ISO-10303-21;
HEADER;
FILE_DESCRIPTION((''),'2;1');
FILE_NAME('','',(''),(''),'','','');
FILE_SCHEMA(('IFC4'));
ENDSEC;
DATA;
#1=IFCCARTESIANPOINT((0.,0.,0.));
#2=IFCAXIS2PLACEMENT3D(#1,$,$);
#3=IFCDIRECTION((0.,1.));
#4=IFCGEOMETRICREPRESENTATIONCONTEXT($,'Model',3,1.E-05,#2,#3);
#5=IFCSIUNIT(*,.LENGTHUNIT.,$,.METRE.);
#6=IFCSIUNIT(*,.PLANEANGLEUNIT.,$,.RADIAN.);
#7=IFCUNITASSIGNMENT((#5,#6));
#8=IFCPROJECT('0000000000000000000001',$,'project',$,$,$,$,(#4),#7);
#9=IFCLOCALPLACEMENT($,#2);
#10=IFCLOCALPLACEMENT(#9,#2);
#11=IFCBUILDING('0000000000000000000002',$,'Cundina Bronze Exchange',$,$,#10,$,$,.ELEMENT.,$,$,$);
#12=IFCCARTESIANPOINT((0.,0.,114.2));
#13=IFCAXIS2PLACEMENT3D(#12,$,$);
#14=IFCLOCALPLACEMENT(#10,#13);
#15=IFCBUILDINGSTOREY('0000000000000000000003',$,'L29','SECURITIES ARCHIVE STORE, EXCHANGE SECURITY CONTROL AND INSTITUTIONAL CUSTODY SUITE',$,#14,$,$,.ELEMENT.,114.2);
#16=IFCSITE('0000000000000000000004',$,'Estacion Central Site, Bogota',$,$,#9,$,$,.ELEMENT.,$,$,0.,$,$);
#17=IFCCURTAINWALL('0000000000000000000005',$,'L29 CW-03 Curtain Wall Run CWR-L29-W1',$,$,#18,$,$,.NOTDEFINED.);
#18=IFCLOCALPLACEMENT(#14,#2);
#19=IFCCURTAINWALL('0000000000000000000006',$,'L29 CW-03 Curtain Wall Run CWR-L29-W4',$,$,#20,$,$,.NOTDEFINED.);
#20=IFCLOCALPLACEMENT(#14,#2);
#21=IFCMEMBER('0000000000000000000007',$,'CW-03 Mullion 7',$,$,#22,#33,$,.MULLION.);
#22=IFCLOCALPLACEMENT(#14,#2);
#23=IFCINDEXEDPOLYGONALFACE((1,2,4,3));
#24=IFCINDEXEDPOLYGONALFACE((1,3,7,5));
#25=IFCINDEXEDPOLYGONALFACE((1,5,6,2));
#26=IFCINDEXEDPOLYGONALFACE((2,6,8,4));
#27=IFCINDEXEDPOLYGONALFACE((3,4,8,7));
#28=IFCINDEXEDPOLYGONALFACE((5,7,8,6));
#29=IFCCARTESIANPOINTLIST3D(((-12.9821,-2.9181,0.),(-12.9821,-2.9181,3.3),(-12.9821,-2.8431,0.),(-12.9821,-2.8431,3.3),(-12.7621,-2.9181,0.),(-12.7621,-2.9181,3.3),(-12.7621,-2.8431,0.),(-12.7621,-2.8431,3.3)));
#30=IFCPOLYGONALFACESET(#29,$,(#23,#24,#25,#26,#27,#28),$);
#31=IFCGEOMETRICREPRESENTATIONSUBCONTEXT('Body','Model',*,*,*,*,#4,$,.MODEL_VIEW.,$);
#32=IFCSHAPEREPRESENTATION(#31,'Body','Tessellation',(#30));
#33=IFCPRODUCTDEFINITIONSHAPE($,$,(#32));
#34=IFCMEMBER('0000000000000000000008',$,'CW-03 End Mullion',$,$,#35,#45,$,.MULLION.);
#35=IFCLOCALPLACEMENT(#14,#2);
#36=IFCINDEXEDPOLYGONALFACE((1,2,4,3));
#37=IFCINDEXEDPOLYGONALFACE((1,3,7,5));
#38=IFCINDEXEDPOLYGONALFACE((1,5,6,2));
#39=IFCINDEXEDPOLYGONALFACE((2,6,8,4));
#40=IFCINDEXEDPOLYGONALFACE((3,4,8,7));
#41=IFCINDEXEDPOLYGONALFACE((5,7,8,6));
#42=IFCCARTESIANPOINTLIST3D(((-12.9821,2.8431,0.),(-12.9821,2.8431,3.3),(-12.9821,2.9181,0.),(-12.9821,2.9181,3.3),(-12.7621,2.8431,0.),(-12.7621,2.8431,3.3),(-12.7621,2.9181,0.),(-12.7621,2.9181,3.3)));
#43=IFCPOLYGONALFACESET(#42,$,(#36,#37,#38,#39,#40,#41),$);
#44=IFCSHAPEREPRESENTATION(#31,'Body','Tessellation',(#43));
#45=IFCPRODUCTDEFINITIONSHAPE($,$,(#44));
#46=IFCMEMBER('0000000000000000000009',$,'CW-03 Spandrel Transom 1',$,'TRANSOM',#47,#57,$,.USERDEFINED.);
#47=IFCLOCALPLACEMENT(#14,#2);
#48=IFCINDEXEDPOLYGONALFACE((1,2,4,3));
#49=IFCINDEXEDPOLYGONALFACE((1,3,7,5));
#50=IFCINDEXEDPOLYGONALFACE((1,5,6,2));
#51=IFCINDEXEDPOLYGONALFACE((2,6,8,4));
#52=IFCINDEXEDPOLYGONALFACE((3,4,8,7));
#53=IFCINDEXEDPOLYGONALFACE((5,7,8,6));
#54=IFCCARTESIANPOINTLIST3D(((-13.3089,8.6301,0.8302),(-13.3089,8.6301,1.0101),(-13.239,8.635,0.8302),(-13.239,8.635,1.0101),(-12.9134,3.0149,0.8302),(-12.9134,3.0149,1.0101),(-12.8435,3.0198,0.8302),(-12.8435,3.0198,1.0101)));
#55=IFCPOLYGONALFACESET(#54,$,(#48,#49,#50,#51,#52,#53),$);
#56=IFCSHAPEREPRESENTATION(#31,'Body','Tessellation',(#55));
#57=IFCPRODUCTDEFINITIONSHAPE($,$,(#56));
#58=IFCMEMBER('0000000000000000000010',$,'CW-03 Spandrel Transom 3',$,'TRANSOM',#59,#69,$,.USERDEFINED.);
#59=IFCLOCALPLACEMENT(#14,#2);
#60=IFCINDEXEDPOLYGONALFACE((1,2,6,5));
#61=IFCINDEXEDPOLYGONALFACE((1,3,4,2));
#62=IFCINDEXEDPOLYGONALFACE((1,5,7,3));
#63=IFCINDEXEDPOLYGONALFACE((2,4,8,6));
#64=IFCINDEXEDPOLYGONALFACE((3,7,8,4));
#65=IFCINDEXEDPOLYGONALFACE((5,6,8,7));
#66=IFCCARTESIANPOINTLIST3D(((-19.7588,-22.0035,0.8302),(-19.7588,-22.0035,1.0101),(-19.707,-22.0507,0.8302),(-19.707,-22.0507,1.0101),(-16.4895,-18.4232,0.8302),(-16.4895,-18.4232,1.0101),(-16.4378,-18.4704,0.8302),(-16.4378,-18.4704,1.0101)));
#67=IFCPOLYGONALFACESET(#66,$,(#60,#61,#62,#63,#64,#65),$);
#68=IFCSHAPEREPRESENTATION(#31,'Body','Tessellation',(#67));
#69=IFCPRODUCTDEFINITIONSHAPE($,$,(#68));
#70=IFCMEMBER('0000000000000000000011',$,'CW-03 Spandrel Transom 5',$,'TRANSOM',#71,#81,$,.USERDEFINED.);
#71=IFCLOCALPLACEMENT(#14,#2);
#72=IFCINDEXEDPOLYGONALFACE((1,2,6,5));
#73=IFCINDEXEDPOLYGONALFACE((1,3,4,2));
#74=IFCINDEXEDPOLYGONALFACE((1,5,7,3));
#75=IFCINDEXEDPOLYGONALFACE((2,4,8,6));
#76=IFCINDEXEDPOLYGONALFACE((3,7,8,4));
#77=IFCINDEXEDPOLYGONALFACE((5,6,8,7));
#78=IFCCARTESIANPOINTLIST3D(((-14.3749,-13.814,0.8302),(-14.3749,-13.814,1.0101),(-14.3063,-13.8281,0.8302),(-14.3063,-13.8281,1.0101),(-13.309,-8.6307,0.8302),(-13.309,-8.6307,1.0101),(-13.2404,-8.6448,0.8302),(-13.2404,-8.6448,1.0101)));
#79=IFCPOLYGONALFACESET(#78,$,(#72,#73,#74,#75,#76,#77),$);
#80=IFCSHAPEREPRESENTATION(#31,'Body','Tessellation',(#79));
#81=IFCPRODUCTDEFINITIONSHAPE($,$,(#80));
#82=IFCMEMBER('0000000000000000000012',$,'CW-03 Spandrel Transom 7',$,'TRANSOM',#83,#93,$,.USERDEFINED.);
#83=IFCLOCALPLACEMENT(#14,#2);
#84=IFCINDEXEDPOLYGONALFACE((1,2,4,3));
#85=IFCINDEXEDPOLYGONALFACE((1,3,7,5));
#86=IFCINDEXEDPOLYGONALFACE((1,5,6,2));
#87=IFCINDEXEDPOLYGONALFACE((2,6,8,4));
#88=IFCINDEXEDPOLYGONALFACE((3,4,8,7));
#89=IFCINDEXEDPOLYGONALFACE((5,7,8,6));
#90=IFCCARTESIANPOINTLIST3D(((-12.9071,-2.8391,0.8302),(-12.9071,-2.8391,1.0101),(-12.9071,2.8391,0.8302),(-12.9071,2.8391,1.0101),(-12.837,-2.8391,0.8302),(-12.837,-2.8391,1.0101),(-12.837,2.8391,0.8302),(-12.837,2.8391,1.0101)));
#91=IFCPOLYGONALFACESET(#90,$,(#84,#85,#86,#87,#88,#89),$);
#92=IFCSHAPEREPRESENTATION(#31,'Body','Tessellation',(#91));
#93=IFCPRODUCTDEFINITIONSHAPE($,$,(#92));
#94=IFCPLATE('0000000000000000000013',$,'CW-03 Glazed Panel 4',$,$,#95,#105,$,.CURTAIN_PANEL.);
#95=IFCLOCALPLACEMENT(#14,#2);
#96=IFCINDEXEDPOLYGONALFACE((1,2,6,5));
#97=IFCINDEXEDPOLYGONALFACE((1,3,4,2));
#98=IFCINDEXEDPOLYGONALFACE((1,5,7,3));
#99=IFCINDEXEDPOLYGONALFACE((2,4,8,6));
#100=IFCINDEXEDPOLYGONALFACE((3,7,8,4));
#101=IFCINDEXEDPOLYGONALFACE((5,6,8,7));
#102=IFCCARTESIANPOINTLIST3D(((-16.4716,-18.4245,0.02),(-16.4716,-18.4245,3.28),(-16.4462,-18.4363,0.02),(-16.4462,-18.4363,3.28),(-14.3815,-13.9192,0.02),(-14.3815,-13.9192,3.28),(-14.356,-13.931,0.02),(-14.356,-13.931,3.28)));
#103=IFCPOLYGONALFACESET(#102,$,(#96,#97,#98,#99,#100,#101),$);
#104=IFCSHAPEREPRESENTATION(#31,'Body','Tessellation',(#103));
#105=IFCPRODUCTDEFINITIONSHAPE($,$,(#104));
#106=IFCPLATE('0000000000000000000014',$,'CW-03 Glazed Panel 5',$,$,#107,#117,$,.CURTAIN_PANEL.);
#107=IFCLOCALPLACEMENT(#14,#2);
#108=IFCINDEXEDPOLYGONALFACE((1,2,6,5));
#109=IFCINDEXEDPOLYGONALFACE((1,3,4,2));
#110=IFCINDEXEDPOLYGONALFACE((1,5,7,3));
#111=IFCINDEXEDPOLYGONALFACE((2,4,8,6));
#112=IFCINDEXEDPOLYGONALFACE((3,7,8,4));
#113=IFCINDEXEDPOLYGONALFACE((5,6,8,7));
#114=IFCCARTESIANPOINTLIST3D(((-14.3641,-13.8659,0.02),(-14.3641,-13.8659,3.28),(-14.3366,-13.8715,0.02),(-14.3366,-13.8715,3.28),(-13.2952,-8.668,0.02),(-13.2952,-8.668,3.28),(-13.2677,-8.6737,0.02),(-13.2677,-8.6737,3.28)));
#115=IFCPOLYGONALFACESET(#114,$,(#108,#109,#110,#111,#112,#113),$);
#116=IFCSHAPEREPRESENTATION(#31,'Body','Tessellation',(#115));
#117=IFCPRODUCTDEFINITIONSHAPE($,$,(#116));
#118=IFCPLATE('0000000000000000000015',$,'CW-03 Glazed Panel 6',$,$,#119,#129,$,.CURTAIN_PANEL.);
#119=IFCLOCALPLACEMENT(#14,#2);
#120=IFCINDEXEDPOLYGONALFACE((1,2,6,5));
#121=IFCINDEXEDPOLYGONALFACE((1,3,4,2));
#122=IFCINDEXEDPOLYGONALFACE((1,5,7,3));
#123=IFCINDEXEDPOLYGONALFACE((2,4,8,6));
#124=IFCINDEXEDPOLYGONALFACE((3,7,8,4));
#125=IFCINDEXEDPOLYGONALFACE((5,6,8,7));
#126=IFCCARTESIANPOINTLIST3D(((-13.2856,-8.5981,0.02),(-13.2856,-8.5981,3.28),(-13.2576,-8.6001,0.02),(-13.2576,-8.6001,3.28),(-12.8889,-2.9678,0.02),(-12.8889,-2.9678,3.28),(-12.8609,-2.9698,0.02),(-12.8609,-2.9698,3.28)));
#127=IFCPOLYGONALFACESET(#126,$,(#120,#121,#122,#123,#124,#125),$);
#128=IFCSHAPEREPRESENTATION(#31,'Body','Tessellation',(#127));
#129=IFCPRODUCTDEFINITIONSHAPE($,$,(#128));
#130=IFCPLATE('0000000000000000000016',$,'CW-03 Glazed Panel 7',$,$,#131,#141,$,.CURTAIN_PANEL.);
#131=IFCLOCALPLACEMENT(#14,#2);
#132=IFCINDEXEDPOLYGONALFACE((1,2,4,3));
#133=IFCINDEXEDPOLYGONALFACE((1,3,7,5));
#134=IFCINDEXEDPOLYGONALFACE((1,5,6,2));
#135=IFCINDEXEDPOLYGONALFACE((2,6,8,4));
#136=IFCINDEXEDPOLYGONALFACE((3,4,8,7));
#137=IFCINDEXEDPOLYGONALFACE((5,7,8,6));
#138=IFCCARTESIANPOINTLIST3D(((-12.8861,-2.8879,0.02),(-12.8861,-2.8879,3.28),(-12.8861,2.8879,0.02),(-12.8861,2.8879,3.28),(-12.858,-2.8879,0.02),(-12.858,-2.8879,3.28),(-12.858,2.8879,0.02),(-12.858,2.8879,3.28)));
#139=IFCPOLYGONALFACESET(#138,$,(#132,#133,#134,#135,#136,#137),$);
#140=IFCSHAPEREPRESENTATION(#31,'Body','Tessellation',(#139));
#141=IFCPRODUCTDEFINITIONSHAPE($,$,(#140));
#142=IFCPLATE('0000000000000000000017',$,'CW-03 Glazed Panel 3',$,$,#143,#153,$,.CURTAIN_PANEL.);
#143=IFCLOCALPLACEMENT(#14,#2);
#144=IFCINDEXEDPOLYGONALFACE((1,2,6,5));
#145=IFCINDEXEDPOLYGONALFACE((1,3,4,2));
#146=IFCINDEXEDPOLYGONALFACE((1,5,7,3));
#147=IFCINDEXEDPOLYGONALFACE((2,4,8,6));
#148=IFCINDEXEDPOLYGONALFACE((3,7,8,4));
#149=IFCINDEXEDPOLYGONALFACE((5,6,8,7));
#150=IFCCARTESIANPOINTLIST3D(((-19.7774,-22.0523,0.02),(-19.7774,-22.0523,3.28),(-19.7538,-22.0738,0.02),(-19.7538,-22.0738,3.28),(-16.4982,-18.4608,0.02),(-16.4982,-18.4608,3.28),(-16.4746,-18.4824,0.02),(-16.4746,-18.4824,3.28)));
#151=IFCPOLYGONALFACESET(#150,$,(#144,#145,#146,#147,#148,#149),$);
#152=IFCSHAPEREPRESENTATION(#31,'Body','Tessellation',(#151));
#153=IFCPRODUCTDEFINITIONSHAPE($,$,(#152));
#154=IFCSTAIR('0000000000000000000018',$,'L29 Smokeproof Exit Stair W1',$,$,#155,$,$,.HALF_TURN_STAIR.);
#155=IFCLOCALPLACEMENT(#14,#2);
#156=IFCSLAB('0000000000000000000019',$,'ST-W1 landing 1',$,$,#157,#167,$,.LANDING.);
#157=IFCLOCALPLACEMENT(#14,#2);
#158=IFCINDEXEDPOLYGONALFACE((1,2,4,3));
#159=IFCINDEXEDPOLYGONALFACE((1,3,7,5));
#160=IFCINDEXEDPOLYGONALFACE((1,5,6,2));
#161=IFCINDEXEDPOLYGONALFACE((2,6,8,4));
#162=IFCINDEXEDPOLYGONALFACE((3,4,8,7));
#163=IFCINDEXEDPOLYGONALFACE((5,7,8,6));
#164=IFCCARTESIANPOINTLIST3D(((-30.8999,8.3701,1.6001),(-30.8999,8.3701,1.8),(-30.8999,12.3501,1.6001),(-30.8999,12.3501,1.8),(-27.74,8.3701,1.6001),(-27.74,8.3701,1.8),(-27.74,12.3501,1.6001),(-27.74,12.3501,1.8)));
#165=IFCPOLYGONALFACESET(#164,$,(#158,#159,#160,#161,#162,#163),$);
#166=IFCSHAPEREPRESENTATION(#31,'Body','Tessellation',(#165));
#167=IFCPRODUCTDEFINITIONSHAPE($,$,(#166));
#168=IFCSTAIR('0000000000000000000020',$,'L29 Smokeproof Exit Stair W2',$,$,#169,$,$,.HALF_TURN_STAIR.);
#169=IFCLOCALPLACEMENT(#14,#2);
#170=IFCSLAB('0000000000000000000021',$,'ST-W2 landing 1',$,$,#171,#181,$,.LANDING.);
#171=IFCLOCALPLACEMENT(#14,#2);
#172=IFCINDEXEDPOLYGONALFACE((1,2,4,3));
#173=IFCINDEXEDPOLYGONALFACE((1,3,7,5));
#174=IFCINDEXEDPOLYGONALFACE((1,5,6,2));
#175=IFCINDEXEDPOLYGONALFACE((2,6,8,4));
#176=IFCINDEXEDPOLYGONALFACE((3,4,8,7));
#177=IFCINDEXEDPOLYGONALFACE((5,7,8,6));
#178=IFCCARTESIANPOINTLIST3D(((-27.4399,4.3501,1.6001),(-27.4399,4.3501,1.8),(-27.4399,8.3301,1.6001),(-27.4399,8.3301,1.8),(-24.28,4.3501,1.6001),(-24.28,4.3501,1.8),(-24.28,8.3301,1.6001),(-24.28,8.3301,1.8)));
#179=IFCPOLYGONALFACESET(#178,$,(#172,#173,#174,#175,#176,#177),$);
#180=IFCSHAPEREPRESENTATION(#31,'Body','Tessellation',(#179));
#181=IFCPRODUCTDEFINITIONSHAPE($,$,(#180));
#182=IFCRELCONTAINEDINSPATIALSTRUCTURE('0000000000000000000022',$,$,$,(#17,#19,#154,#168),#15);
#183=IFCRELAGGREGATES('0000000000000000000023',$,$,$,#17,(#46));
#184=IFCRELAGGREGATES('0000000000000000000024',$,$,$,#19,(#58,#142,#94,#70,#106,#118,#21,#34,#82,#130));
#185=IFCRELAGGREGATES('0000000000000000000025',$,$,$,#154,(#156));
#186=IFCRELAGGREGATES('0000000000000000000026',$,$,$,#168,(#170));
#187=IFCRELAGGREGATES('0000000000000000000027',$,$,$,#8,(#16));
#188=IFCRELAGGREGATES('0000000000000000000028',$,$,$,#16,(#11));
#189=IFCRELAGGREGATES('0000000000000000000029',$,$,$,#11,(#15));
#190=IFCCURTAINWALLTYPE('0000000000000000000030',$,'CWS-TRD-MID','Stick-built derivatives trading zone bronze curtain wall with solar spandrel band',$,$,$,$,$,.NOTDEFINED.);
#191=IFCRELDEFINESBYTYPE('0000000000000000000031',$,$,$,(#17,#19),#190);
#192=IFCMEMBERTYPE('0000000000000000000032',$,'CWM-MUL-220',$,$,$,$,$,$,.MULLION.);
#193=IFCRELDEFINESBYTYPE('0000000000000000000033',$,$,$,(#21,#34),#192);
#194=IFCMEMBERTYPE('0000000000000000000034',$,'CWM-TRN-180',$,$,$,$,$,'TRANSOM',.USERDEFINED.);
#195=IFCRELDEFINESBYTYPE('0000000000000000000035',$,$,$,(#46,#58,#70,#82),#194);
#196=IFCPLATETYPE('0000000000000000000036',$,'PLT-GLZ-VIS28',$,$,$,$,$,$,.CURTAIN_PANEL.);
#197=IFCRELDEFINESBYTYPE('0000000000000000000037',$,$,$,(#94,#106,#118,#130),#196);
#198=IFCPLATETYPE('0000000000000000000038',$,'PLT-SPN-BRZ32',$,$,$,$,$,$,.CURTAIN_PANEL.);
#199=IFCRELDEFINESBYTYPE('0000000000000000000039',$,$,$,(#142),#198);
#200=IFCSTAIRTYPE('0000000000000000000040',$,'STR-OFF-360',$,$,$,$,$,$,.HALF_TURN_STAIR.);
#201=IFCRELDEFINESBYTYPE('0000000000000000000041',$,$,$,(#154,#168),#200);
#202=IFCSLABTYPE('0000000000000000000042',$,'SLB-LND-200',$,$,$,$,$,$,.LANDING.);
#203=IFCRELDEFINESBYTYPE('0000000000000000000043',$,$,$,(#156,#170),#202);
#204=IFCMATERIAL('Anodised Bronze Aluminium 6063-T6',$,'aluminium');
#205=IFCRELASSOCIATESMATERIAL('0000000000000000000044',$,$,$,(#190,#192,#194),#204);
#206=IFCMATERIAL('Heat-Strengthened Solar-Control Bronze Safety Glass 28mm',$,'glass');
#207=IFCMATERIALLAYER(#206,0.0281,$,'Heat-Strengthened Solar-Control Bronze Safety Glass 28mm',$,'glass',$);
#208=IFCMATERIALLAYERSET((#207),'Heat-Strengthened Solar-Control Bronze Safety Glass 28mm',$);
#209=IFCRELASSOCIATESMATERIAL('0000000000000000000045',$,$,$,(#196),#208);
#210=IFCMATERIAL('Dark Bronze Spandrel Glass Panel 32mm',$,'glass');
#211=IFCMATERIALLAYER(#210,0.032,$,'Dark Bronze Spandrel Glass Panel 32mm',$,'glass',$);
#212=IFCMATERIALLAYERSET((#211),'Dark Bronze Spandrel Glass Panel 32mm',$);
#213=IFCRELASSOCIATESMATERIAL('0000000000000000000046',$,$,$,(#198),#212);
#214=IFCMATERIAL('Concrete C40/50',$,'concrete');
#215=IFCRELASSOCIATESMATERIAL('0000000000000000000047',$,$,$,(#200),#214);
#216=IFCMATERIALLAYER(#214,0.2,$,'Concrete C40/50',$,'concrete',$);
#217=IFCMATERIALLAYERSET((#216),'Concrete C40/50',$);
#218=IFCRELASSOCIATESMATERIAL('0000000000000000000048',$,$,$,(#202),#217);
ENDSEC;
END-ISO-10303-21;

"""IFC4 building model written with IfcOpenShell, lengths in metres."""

from ifc_helpers import new_model, si_unit, direction, frame, origin, origin_2d, place, context, subcontext, project, spatial, polyline, rectangle, outline, extrude, material, layer, layer_set, material_profile, profile_set, type_object, element, aggregate, save


model = new_model("IFC4")

# Units and contexts
model_context = context("Model", 3, precision=1e-05, world=origin(), true_north=direction((0.0, 1.0)))
body_context = subcontext(model_context, "Body", "Model", "MODEL_VIEW")
ifc_project = project(units=[si_unit("LENGTHUNIT", "METRE"), si_unit("PLANEANGLEUNIT", "RADIAN")], contexts=[model_context])

# Site, building, storey
site_placement = place(None, origin())
site = spatial("IfcSite", under=ifc_project, at=site_placement, Name="Estacion Central Site, Bogota", CompositionType="ELEMENT", RefElevation=0.0)
building_placement = place(site_placement, origin())
building = spatial("IfcBuilding", under=site, at=building_placement, Name="Cundina Bronze Exchange", CompositionType="ELEMENT")
storey_placement = place(building_placement, frame((0.0, 0.0, 114.2)))
storey = spatial("IfcBuildingStorey", under=building, at=storey_placement, Name="L29", Description="SECURITIES ARCHIVE STORE, EXCHANGE SECURITY CONTROL AND INSTITUTIONAL CUSTODY SUITE", CompositionType="ELEMENT", Elevation=114.2)

# Curtain wall
ifc_material_1 = material(Name="Anodised Bronze Aluminium 6063-T6", Category="aluminium")
curtain_wall_type = type_object("IfcCurtainWallType", Name="CWS-TRD-MID", Description="Stick-built derivatives trading zone bronze curtain wall with solar spandrel band", PredefinedType="NOTDEFINED", material=ifc_material_1)
curtain_wall_1_placement = place(storey_placement, origin())
curtain_wall_1 = element("IfcCurtainWall", 1, at=curtain_wall_1_placement, inside=storey, type_object=curtain_wall_type, Name="L29 CW-03 Curtain Wall Run CWR-L29-W1", PredefinedType="NOTDEFINED")
ifc_material_profile_1 = material_profile(ifc_material_1, rectangle(XDim=0.075, YDim=0.22, at=origin_2d()), Name="AL75X220", Category="aluminium")
ifc_profile_set_1 = profile_set([ifc_material_profile_1], Name="Anodised Bronze Aluminium 6063-T6")
member_type_1 = type_object("IfcMemberType", Name="CWM-MUL-220", PredefinedType="MULLION", material=ifc_profile_set_1)

# Curtain wall, members
curtain_wall_2_placement = place(storey_placement, origin())
curtain_wall_2 = element("IfcCurtainWall", 2, at=curtain_wall_2_placement, inside=storey, type_object=curtain_wall_type, Name="L29 CW-03 Curtain Wall Run CWR-L29-W4", PredefinedType="NOTDEFINED")
member_1_placement = place(storey_placement, frame((-12.8721, -2.8806, 0.0), z_axis=(0.0, 0.0, 1.0), x_axis=(0.0, 1.0, 0.0)))
member_1 = element("IfcMember", 3, at=member_1_placement, type_object=member_type_1, Name="CW-03 Mullion 7", PredefinedType="MULLION", context=body_context, shape_type="SweptSolid", body=[
    extrude(rectangle(XDim=0.075, YDim=0.22, at=origin_2d()), origin(), (0.0, 0.0, 1.0), 3.3),
])
member_2_placement = place(storey_placement, frame((-12.8721, 2.8806, 0.0), z_axis=(0.0, 0.0, 1.0), x_axis=(0.0, 1.0, 0.0)))
member_2 = element("IfcMember", 4, at=member_2_placement, type_object=member_type_1, Name="CW-03 End Mullion", PredefinedType="MULLION", context=body_context, shape_type="SweptSolid", body=[
    extrude(rectangle(XDim=0.075, YDim=0.22, at=origin_2d()), origin(), (0.0, 0.0, 1.0), 3.3),
])

# Members
ifc_material_profile_2 = material_profile(ifc_material_1, rectangle(XDim=0.0701, YDim=0.1799, at=origin_2d()), Name="AL70X180", Category="aluminium")
ifc_profile_set_2 = profile_set([ifc_material_profile_2], Name="Anodised Bronze Aluminium 6063-T6")
member_type_2 = type_object("IfcMemberType", Name="CWM-TRN-180", ElementType="TRANSOM", PredefinedType="USERDEFINED", material=ifc_profile_set_2)
member_3_placement = place(storey_placement, frame((-12.8784, 3.0173, 0.9202), z_axis=(-0.070261, 0.997529, 0.0), x_axis=(-0.997529, -0.070261, 0.0)))
member_3 = element("IfcMember", 5, at=member_3_placement, type_object=member_type_2, Name="CW-03 Spandrel Transom 1", ObjectType="TRANSOM", PredefinedType="USERDEFINED", context=body_context, shape_type="SweptSolid", body=[
    extrude(rectangle(XDim=0.0701, YDim=0.1799, at=origin_2d()), origin(), (0.0, 0.0, 1.0), 5.6292),
])
aggregate(curtain_wall_1, [member_3])
member_4_placement = place(storey_placement, frame((-19.7329, -22.0271, 0.9202), z_axis=(0.674303, 0.738455, 0.0), x_axis=(-0.738455, 0.674303, 0.0)))
member_4 = element("IfcMember", 6, at=member_4_placement, type_object=member_type_2, Name="CW-03 Spandrel Transom 3", ObjectType="TRANSOM", PredefinedType="USERDEFINED", context=body_context, shape_type="SweptSolid", body=[
    extrude(rectangle(XDim=0.0701, YDim=0.1799, at=origin_2d()), origin(), (0.0, 0.0, 1.0), 4.8484),
])
member_5_placement = place(storey_placement, frame((-14.3406, -13.821, 0.9202), z_axis=(0.201428, 0.979503, 0.0), x_axis=(-0.979503, 0.201428, 0.0)))
member_5 = element("IfcMember", 7, at=member_5_placement, type_object=member_type_2, Name="CW-03 Spandrel Transom 5", ObjectType="TRANSOM", PredefinedType="USERDEFINED", context=body_context, shape_type="SweptSolid", body=[
    extrude(rectangle(XDim=0.0701, YDim=0.1799, at=origin_2d()), origin(), (0.0, 0.0, 1.0), 5.2917),
])
member_6_placement = place(storey_placement, frame((-12.8721, -2.8391, 0.9202), z_axis=(0.0, 1.0, 0.0), x_axis=(-1.0, 0.0, 0.0)))
member_6 = element("IfcMember", 8, at=member_6_placement, type_object=member_type_2, Name="CW-03 Spandrel Transom 7", ObjectType="TRANSOM", PredefinedType="USERDEFINED", context=body_context, shape_type="SweptSolid", body=[
    extrude(rectangle(XDim=0.0701, YDim=0.1799, at=origin_2d()), origin(), (0.0, 0.0, 1.0), 5.6782),
])

# Plates
ifc_material_2 = material(Name="Heat-Strengthened Solar-Control Bronze Safety Glass 28mm", Category="glass")
ifc_layer_1 = layer(ifc_material_2, 0.0281, Name="Heat-Strengthened Solar-Control Bronze Safety Glass 28mm", Category="glass")
ifc_layer_set_1 = layer_set([ifc_layer_1], Name="Heat-Strengthened Solar-Control Bronze Safety Glass 28mm")
plate_type_1 = type_object("IfcPlateType", Name="PLT-GLZ-VIS28", PredefinedType="CURTAIN_PANEL", material=ifc_layer_set_1)
plate_1_placement = place(storey_placement, frame((-15.4138, -16.1777, 0.02), z_axis=(0.0, 0.0, 1.0), x_axis=(0.420846, 0.907132, 0.0)))
plate_1 = element("IfcPlate", 9, at=plate_1_placement, type_object=plate_type_1, Name="CW-03 Glazed Panel 4", PredefinedType="CURTAIN_PANEL", context=body_context, shape_type="SweptSolid", body=[
    extrude(rectangle(XDim=4.9666, YDim=0.0281, at=origin_2d()), origin(), (0.0, 0.0, 1.0), 3.26),
])
plate_2_placement = place(storey_placement, frame((-13.8159, -11.2698, 0.02), z_axis=(0.0, 0.0, 1.0), x_axis=(0.20142, 0.979505, 0.0)))
plate_2 = element("IfcPlate", 10, at=plate_2_placement, type_object=plate_type_1, Name="CW-03 Glazed Panel 5", PredefinedType="CURTAIN_PANEL", context=body_context, shape_type="SweptSolid", body=[
    extrude(rectangle(XDim=5.3066, YDim=0.0281, at=origin_2d()), origin(), (0.0, 0.0, 1.0), 3.26),
])
plate_3_placement = place(storey_placement, frame((-13.0732, -5.7839, 0.02), z_axis=(0.0, 0.0, 1.0), x_axis=(0.070279, 0.997527, 0.0)))
plate_3 = element("IfcPlate", 11, at=plate_3_placement, type_object=plate_type_1, Name="CW-03 Glazed Panel 6", PredefinedType="CURTAIN_PANEL", context=body_context, shape_type="SweptSolid", body=[
    extrude(rectangle(XDim=5.6443, YDim=0.0281, at=origin_2d()), origin(), (0.0, 0.0, 1.0), 3.26),
])
plate_4_placement = place(storey_placement, frame((-12.8721, 0.0, 0.02), z_axis=(0.0, 0.0, 1.0), x_axis=(0.0, 1.0, 0.0)))
plate_4 = element("IfcPlate", 12, at=plate_4_placement, type_object=plate_type_1, Name="CW-03 Glazed Panel 7", PredefinedType="CURTAIN_PANEL", context=body_context, shape_type="SweptSolid", body=[
    extrude(rectangle(XDim=5.7759, YDim=0.0281, at=origin_2d()), origin(), (0.0, 0.0, 1.0), 3.26),
])
ifc_material_3 = material(Name="Dark Bronze Spandrel Glass Panel 32mm", Category="glass")
ifc_layer_2 = layer(ifc_material_3, 0.032, Name="Dark Bronze Spandrel Glass Panel 32mm", Category="glass")
ifc_layer_set_2 = layer_set([ifc_layer_2], Name="Dark Bronze Spandrel Glass Panel 32mm")
plate_type_2 = type_object("IfcPlateType", Name="PLT-SPN-BRZ32", PredefinedType="CURTAIN_PANEL", material=ifc_layer_set_2)
plate_5_placement = place(storey_placement, frame((-18.126, -20.2673, 0.02), z_axis=(0.0, 0.0, 1.0), x_axis=(0.674277, 0.738479, 0.0)))
plate_5 = element("IfcPlate", 13, at=plate_5_placement, type_object=plate_type_2, Name="CW-03 Glazed Panel 3", PredefinedType="CURTAIN_PANEL", context=body_context, shape_type="SweptSolid", body=[
    extrude(rectangle(XDim=4.8633, YDim=0.032, at=origin_2d()), origin(), (0.0, 0.0, 1.0), 3.26),
])
aggregate(curtain_wall_2, [member_4, plate_5, plate_1, member_5, plate_2, plate_3, member_1, member_2, member_6, plate_4])

# Stairs, slabs
ifc_material_4 = material(Name="Concrete C40/50", Category="concrete")
stair_type = type_object("IfcStairType", Name="STR-OFF-360", PredefinedType="HALF_TURN_STAIR", material=ifc_material_4)
stair_1_placement = place(storey_placement, origin())
stair_1 = element("IfcStair", 14, at=stair_1_placement, inside=storey, type_object=stair_type, Name="L29 Smokeproof Exit Stair W1", PredefinedType="HALF_TURN_STAIR")
ifc_layer_3 = layer(ifc_material_4, 0.2, Name="Concrete C40/50", Category="concrete")
ifc_layer_set_3 = layer_set([ifc_layer_3], Name="Concrete C40/50")
slab_type_1 = type_object("IfcSlabType", Name="SLB-LND-200", PredefinedType="LANDING", material=ifc_layer_set_3)
slab_1_placement = place(storey_placement, frame((0.0, 0.0, 1.6001)))
slab_1 = element("IfcSlab", 15, at=slab_1_placement, type_object=slab_type_1, Name="ST-W1 landing 1", PredefinedType="LANDING", context=body_context, shape_type="SweptSolid", body=[
    extrude(outline(polyline([(-27.74, 8.3701), (-27.74, 12.3501), (-30.8999, 12.3501), (-30.8999, 8.3701), (-27.74, 8.3701)])), origin(), (0.0, 0.0, 1.0), 0.2),
])
aggregate(stair_1, [slab_1])
stair_2_placement = place(storey_placement, origin())
stair_2 = element("IfcStair", 16, at=stair_2_placement, inside=storey, type_object=stair_type, Name="L29 Smokeproof Exit Stair W2", PredefinedType="HALF_TURN_STAIR")
slab_2_placement = place(storey_placement, frame((0.0, 0.0, 1.6001)))
slab_2 = element("IfcSlab", 17, at=slab_2_placement, type_object=slab_type_1, Name="ST-W2 landing 1", PredefinedType="LANDING", context=body_context, shape_type="SweptSolid", body=[
    extrude(outline(polyline([(-27.4399, 8.3301), (-27.4399, 4.3501), (-24.28, 4.3501), (-24.28, 8.3301), (-27.4399, 8.3301)])), origin(), (0.0, 0.0, 1.0), 0.2),
])
aggregate(stair_2, [slab_2])

save(model, "model.ifc")
